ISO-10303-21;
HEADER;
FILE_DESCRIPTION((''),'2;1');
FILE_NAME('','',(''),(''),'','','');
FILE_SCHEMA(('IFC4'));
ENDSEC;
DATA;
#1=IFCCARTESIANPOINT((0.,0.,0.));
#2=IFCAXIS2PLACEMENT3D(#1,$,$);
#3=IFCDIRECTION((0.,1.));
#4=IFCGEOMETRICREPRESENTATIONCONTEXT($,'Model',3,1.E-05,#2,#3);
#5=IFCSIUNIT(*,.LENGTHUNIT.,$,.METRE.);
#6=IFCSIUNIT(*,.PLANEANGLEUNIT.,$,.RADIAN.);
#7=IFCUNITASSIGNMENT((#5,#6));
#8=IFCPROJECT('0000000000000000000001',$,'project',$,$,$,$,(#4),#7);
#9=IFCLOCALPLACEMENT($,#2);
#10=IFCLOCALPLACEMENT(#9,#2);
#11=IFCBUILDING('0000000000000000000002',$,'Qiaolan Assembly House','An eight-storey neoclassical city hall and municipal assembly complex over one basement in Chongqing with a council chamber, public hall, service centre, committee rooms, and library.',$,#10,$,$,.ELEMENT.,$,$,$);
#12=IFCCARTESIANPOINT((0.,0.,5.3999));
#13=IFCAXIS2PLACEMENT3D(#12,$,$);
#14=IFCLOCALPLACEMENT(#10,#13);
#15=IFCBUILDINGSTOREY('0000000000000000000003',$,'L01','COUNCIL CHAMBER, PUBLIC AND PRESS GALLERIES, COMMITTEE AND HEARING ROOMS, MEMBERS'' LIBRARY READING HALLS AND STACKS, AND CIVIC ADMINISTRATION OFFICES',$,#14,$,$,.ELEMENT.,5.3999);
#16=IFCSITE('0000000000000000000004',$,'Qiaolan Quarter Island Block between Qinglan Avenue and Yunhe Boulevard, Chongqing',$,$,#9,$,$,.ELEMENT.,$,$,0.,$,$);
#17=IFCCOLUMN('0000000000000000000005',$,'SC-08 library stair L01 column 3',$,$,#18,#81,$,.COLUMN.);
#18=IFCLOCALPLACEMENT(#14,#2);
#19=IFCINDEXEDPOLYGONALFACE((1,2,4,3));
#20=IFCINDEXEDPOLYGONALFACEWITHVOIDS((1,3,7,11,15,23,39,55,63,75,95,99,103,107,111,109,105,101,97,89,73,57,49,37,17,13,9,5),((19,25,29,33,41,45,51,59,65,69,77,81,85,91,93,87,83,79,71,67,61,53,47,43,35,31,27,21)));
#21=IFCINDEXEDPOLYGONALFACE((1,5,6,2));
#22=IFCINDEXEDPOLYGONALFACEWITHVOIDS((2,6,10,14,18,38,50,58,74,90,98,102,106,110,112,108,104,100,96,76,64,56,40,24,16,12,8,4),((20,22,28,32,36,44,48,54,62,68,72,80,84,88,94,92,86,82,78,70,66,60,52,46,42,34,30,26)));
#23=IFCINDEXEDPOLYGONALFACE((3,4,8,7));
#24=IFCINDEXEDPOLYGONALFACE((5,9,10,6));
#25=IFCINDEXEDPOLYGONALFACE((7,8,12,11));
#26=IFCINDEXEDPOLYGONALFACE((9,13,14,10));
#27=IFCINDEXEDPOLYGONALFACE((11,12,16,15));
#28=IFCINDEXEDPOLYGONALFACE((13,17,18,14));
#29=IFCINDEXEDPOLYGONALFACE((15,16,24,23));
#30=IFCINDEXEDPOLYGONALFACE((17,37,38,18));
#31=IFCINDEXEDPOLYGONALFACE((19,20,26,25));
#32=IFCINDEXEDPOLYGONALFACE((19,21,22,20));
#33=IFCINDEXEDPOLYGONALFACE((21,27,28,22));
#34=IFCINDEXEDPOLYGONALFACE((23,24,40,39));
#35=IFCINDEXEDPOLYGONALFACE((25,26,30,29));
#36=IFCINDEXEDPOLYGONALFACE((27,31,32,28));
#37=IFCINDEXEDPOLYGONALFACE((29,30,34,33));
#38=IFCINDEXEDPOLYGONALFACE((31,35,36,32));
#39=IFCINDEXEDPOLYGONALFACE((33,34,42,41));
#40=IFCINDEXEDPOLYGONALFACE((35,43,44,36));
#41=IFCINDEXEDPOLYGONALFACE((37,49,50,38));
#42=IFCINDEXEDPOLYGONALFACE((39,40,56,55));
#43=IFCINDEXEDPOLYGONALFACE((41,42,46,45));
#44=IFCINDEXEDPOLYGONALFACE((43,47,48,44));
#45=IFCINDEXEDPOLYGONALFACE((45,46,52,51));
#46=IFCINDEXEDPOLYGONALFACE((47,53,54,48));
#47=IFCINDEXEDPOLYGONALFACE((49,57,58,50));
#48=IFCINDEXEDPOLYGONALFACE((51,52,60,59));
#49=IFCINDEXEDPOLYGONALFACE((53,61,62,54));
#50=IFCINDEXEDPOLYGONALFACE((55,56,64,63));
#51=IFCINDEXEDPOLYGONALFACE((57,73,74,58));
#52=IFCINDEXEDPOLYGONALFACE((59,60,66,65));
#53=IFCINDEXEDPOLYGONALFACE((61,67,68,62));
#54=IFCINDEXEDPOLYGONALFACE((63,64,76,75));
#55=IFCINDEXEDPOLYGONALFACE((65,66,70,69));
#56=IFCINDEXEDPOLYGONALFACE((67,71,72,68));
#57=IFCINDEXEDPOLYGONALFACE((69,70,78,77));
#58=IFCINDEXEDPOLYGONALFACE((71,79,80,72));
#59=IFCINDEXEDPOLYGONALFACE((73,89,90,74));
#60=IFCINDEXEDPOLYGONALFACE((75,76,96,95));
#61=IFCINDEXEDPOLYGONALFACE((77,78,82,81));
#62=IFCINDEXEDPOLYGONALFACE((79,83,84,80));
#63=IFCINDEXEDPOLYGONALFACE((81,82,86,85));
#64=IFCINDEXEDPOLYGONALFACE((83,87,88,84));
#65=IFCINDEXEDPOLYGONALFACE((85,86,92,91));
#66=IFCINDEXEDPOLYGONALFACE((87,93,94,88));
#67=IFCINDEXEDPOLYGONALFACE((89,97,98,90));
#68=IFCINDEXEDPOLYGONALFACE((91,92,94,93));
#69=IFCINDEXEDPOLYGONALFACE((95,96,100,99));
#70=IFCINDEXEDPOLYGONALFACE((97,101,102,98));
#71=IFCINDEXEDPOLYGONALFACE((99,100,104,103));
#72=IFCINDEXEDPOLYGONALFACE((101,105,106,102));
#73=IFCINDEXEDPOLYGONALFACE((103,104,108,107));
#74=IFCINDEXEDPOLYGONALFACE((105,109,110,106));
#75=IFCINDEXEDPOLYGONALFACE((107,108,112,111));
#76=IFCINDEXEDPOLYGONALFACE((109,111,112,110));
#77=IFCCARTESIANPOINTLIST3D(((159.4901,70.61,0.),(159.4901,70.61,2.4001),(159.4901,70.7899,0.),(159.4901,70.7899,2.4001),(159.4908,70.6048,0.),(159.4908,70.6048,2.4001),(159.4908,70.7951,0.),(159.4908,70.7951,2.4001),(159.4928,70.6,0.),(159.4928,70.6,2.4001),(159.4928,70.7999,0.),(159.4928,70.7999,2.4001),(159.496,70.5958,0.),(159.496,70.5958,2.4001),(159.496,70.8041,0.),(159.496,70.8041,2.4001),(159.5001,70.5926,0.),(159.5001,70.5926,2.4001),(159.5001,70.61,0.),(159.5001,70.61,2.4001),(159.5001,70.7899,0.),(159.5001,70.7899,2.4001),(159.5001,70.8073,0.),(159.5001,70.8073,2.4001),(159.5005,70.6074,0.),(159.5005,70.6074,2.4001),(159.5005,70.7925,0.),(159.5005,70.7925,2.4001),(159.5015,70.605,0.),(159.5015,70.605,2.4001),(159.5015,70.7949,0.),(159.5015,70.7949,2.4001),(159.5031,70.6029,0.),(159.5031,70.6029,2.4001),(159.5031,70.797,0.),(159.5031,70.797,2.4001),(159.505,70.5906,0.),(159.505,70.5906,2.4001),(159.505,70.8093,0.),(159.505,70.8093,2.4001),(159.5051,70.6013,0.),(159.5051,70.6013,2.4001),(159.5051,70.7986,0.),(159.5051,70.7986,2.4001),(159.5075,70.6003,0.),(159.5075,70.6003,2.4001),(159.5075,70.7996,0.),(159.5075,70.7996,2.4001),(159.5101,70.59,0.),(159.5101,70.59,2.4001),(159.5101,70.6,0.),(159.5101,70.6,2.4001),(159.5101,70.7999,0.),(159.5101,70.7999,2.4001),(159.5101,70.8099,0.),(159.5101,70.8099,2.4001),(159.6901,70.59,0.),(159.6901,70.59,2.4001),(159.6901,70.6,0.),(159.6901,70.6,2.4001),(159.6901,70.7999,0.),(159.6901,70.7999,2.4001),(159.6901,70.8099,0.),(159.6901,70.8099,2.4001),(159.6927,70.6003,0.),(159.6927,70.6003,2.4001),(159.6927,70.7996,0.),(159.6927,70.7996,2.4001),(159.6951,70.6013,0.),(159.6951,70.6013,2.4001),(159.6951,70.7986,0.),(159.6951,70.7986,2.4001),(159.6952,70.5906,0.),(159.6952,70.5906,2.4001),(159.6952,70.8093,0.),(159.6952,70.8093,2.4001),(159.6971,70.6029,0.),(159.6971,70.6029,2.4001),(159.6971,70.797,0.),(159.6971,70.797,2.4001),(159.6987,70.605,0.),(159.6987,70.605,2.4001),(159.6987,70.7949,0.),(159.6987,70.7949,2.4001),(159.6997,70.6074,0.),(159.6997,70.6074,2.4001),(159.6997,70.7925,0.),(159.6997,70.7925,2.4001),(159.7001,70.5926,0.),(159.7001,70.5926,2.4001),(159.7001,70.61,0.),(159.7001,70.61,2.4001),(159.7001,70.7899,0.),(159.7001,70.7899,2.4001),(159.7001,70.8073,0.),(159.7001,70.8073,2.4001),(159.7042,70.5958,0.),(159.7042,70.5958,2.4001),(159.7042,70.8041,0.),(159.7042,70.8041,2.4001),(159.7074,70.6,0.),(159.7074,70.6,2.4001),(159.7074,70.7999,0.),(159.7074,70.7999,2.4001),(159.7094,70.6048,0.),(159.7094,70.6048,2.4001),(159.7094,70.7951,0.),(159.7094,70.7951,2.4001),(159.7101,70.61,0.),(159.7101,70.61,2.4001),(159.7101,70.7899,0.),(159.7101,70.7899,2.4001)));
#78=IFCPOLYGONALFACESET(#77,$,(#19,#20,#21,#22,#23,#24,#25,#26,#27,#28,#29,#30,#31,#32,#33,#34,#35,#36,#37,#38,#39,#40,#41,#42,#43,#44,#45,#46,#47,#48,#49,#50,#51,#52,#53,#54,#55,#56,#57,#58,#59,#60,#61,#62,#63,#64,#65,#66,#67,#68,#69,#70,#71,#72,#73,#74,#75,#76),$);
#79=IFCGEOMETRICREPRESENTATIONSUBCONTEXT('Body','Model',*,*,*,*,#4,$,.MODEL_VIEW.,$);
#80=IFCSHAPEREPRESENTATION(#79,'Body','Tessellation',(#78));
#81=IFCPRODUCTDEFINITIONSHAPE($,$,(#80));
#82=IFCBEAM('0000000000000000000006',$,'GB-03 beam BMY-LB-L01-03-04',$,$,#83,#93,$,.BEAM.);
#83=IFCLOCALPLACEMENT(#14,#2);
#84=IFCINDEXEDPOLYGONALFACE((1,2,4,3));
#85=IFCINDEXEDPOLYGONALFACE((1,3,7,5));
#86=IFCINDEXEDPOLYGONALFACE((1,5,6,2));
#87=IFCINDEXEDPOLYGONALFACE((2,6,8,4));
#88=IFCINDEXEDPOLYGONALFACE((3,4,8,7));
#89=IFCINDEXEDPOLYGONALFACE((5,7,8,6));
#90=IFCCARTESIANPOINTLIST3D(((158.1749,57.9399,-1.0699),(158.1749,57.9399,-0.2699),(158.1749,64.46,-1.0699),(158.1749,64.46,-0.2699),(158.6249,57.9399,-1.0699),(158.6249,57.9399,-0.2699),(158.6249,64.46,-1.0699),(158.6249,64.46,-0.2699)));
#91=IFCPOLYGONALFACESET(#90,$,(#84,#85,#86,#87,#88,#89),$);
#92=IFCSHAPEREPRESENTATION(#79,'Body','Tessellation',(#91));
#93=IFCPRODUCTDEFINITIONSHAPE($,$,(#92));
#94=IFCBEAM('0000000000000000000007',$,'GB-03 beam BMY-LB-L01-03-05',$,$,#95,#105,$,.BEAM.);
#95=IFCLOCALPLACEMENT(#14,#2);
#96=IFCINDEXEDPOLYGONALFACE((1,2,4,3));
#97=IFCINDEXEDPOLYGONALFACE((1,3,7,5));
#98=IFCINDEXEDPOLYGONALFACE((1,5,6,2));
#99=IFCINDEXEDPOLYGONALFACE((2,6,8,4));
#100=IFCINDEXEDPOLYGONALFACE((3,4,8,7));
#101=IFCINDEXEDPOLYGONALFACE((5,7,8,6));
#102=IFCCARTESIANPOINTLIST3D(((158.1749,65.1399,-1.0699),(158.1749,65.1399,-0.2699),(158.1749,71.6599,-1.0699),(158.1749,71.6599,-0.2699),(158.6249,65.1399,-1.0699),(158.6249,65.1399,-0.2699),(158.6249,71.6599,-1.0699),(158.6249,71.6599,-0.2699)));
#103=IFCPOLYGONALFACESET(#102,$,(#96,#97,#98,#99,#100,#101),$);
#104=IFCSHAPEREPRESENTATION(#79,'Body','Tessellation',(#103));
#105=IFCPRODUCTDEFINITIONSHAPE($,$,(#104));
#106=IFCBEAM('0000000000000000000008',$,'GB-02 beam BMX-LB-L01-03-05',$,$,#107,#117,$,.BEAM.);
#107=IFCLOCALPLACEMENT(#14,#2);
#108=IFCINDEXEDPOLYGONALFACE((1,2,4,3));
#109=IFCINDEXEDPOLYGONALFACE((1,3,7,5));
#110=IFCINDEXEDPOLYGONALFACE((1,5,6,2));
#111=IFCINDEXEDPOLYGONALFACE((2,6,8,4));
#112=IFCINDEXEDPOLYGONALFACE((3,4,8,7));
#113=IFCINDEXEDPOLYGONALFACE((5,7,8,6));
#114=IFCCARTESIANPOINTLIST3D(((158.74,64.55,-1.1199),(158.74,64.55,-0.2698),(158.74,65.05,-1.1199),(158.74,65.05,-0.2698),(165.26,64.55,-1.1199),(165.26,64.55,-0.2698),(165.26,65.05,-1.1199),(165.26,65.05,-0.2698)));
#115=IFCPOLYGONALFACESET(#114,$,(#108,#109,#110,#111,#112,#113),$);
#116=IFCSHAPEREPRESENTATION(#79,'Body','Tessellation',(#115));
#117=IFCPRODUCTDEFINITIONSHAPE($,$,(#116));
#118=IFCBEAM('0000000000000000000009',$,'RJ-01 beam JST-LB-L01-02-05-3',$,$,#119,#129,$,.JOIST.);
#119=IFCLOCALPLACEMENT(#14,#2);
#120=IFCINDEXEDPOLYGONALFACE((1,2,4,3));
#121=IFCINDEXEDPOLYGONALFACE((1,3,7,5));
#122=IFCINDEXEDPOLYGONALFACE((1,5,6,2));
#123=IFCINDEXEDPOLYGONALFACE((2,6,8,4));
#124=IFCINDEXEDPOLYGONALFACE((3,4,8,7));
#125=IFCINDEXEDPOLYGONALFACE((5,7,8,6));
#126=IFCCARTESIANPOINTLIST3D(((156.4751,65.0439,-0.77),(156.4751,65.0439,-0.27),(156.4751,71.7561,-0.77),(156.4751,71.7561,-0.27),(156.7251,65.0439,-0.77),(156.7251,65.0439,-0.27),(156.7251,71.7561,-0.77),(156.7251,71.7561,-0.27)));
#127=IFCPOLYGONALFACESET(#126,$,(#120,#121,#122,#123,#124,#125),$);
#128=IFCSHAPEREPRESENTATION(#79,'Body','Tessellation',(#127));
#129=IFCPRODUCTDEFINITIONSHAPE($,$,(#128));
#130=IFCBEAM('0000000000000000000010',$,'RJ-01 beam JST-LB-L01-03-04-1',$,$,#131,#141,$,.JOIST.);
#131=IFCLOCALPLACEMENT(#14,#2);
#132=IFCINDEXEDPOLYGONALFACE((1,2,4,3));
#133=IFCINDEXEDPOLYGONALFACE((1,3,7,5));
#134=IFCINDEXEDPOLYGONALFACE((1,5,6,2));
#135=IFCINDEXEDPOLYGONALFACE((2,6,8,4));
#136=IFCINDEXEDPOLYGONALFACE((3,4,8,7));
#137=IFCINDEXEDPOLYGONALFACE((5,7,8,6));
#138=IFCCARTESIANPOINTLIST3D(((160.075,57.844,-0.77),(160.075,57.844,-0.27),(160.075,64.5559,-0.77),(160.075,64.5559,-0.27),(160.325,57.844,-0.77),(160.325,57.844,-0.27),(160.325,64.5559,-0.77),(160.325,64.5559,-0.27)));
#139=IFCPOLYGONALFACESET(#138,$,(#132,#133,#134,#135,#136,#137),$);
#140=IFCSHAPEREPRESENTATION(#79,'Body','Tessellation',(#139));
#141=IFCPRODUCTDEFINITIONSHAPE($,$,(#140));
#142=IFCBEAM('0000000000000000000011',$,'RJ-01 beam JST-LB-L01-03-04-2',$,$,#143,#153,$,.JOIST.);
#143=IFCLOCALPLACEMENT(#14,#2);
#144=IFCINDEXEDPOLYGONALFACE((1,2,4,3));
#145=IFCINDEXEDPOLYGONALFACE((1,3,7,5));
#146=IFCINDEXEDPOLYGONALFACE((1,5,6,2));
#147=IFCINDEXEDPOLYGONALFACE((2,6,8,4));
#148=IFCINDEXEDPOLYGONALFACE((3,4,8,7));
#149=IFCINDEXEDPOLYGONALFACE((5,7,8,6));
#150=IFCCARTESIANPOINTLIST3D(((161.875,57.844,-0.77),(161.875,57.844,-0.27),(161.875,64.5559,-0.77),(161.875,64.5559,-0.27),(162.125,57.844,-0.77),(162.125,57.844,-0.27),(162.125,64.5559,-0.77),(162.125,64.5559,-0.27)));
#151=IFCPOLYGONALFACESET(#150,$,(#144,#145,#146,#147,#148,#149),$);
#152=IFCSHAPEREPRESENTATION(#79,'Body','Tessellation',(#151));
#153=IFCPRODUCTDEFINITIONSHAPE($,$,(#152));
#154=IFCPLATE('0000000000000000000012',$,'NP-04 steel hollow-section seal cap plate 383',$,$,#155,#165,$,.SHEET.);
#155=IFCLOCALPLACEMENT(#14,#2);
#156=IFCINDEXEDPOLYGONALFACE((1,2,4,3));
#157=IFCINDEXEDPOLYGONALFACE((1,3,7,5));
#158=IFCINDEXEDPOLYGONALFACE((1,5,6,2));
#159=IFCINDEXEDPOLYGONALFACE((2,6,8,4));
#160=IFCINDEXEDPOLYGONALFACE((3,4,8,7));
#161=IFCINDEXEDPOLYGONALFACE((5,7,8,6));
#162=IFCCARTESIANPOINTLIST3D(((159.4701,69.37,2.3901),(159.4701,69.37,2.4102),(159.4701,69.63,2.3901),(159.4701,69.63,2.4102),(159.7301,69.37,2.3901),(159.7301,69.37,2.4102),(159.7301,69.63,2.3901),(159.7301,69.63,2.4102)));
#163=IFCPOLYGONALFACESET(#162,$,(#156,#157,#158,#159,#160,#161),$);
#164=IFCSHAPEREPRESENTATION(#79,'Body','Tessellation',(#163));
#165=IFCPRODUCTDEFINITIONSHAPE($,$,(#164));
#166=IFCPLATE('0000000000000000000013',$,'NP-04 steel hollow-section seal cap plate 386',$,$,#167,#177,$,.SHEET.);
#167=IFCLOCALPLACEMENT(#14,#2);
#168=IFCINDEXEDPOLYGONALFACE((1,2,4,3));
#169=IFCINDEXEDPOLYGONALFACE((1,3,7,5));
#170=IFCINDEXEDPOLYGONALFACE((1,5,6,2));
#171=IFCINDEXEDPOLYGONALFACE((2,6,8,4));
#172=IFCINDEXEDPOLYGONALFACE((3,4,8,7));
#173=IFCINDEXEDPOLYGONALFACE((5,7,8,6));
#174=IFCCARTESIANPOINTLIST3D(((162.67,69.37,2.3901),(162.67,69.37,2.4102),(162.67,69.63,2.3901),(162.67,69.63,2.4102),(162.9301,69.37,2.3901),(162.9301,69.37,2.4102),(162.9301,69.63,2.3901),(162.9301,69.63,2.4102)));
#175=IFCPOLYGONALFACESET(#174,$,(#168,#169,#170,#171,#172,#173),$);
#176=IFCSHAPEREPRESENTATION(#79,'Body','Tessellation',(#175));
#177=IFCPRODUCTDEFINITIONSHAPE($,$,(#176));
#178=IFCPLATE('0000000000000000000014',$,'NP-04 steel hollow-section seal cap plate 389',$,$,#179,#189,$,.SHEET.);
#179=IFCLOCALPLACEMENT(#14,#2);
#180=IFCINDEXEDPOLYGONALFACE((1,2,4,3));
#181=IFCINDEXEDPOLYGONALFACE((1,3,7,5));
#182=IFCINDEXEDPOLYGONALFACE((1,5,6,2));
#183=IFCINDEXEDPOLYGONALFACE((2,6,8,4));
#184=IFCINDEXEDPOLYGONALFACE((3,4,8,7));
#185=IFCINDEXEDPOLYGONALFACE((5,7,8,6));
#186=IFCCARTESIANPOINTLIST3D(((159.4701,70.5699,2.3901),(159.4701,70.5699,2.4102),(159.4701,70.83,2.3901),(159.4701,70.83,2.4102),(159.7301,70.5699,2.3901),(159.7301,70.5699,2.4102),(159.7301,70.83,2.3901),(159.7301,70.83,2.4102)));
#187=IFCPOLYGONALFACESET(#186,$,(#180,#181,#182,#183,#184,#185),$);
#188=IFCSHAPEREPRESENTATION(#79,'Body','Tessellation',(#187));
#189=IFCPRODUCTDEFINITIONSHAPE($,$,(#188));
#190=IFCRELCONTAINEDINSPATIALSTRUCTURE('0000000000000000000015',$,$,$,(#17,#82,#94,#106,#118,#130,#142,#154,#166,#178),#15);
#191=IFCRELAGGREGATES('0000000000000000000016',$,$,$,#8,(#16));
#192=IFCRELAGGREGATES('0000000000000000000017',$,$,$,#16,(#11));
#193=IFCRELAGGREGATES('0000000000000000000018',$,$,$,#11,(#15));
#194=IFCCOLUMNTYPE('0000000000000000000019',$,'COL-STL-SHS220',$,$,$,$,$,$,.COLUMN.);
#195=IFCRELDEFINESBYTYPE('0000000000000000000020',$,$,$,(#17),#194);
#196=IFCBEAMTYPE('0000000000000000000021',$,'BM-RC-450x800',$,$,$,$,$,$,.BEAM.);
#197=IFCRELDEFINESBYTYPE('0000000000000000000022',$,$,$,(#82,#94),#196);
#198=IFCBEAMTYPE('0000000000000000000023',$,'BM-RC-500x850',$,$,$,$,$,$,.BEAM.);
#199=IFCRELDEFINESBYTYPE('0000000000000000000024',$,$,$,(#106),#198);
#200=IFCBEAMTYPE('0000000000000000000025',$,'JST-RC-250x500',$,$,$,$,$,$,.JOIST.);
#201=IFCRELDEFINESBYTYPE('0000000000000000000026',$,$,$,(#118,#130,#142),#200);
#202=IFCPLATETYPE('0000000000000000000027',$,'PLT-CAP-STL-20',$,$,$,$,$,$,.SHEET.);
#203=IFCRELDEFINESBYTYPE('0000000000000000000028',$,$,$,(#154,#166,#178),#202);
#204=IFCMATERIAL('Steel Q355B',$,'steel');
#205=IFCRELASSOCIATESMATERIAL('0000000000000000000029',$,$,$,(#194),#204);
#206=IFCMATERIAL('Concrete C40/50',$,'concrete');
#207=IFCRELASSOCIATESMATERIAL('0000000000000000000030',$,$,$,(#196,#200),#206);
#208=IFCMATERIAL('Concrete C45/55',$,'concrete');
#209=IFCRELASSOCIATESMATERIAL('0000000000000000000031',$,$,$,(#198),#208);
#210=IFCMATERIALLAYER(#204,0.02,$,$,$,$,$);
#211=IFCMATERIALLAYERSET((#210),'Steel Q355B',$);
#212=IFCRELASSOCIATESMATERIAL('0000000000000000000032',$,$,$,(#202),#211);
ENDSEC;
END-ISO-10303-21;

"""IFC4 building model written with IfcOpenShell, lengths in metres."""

from ifc_helpers import new_model, si_unit, direction, frame, origin, origin_2d, place, context, subcontext, project, spatial, rectangle, hollow_rectangle, extrude, material, layer, layer_set, material_profile, profile_set, type_object, element, save


model = new_model("IFC4")

# Units and contexts
model_context = context("Model", 3, precision=1e-05, world=origin(), true_north=direction((0.0, 1.0)))
body_context = subcontext(model_context, "Body", "Model", "MODEL_VIEW")
ifc_project = project(units=[si_unit("LENGTHUNIT", "METRE"), si_unit("PLANEANGLEUNIT", "RADIAN")], contexts=[model_context])

# Site, building, storey
site_placement = place(None, origin())
site = spatial("IfcSite", under=ifc_project, at=site_placement, Name="Qiaolan Quarter Island Block between Qinglan Avenue and Yunhe Boulevard, Chongqing", CompositionType="ELEMENT", RefElevation=0.0)
building_placement = place(site_placement, origin())
building = spatial("IfcBuilding", under=site, at=building_placement, Name="Qiaolan Assembly House", Description="An eight-storey neoclassical city hall and municipal assembly complex over one basement in Chongqing with a council chamber, public hall, service centre, committee rooms, and library.", CompositionType="ELEMENT")
storey_placement = place(building_placement, frame((0.0, 0.0, 5.3999)))
storey = spatial("IfcBuildingStorey", under=building, at=storey_placement, Name="L01", Description="COUNCIL CHAMBER, PUBLIC AND PRESS GALLERIES, COMMITTEE AND HEARING ROOMS, MEMBERS' LIBRARY READING HALLS AND STACKS, AND CIVIC ADMINISTRATION OFFICES", CompositionType="ELEMENT", Elevation=5.3999)

# Column
ifc_material_1 = material(Name="Concrete C40/50", Category="concrete")
ifc_material_2 = material(Name="Steel Q355B", Category="steel")
ifc_material_profile_1 = material_profile(ifc_material_2, hollow_rectangle(XDim=0.22, YDim=0.22, WallThickness=0.01, InnerFilletRadius=0.01, OuterFilletRadius=0.02, at=origin_2d()), Name="SHS 220x220x10")
ifc_profile_set_1 = profile_set([ifc_material_profile_1], Name="Steel Q355B")
column_type_1 = type_object("IfcColumnType", Name="COL-STL-SHS220", PredefinedType="COLUMN", material=ifc_profile_set_1)
for number, where, z_axis, x_axis, name in (
    (1, (159.6001, 70.7, 0.0), (0.0, 0.0, 1.0), (1.0, 0.0, 0.0), "SC-08 library stair L01 column 3"),
):
    element("IfcColumn", number, at=place(storey_placement, frame(where, z_axis=z_axis, x_axis=x_axis)), inside=storey, type_object=column_type_1, Name=name, PredefinedType="COLUMN", context=body_context, shape_type="SweptSolid", body=[
        extrude(hollow_rectangle(XDim=0.22, YDim=0.22, WallThickness=0.01, InnerFilletRadius=0.01, OuterFilletRadius=0.02, at=origin_2d()), origin(), (0.0, 0.0, 1.0), 2.4001),
    ])

# Beams
ifc_material_profile_2 = material_profile(ifc_material_1, rectangle(XDim=0.45, YDim=0.8, at=origin_2d()), Name="RCB 450x800")
ifc_profile_set_2 = profile_set([ifc_material_profile_2], Name="Concrete C40/50")
beam_type_1 = type_object("IfcBeamType", Name="BM-RC-450x800", PredefinedType="BEAM", material=ifc_profile_set_2)
for number, where, z_axis, x_axis, name in (
    (2, (158.3999, 57.9399, -0.6699), (0.0, 1.0, 0.0), (-1.0, 0.0, 0.0), "GB-03 beam BMY-LB-L01-03-04"),
    (3, (158.3999, 65.1399, -0.6699), (0.0, 1.0, 0.0), (-1.0, 0.0, 0.0), "GB-03 beam BMY-LB-L01-03-05"),
):
    element("IfcBeam", number, at=place(storey_placement, frame(where, z_axis=z_axis, x_axis=x_axis)), inside=storey, type_object=beam_type_1, Name=name, PredefinedType="BEAM", context=body_context, shape_type="SweptSolid", body=[
        extrude(rectangle(XDim=0.45, YDim=0.8, at=origin_2d()), origin(), (0.0, 0.0, 1.0), 6.52),
    ])
ifc_material_3 = material(Name="Concrete C45/55", Category="concrete")
ifc_material_profile_3 = material_profile(ifc_material_3, rectangle(XDim=0.5, YDim=0.8501, at=origin_2d()), Name="RCB 500x850")
ifc_profile_set_3 = profile_set([ifc_material_profile_3], Name="Concrete C45/55")
beam_type_2 = type_object("IfcBeamType", Name="BM-RC-500x850", PredefinedType="BEAM", material=ifc_profile_set_3)
beam_1_placement = place(storey_placement, frame((158.74, 64.8, -0.6948), z_axis=(1.0, 0.0, 0.0), x_axis=(0.0, 1.0, 0.0)))
element("IfcBeam", 4, at=beam_1_placement, inside=storey, type_object=beam_type_2, Name="GB-02 beam BMX-LB-L01-03-05", PredefinedType="BEAM", context=body_context, shape_type="SweptSolid", body=[
    extrude(rectangle(XDim=0.5, YDim=0.8501, at=origin_2d()), origin(), (0.0, 0.0, 1.0), 6.52),
])
ifc_material_profile_4 = material_profile(ifc_material_1, rectangle(XDim=0.25, YDim=0.5, at=origin_2d()), Name="RCB 250x500")
ifc_profile_set_4 = profile_set([ifc_material_profile_4], Name="Concrete C40/50")
beam_type_3 = type_object("IfcBeamType", Name="JST-RC-250x500", PredefinedType="JOIST", material=ifc_profile_set_4)
beam_2_placement = place(storey_placement, frame((156.6001, 65.0439, -0.52), z_axis=(0.0, 1.0, 0.0), x_axis=(-1.0, 0.0, 0.0)))
element("IfcBeam", 5, at=beam_2_placement, inside=storey, type_object=beam_type_3, Name="RJ-01 beam JST-LB-L01-02-05-3", PredefinedType="JOIST", context=body_context, shape_type="SweptSolid", body=[
    extrude(rectangle(XDim=0.25, YDim=0.5, at=origin_2d()), origin(), (0.0, 0.0, 1.0), 6.7122),
])
for number, where, z_axis, x_axis, name in (
    (6, (160.2, 57.844, -0.52), (0.0, 1.0, 0.0), (-1.0, 0.0, 0.0), "RJ-01 beam JST-LB-L01-03-04-1"),
    (7, (162.0, 57.844, -0.52), (0.0, 1.0, 0.0), (-1.0, 0.0, 0.0), "RJ-01 beam JST-LB-L01-03-04-2"),
):
    element("IfcBeam", number, at=place(storey_placement, frame(where, z_axis=z_axis, x_axis=x_axis)), inside=storey, type_object=beam_type_3, Name=name, PredefinedType="JOIST", context=body_context, shape_type="SweptSolid", body=[
        extrude(rectangle(XDim=0.25, YDim=0.5, at=origin_2d()), origin(), (0.0, 0.0, 1.0), 6.7119),
    ])

# Plates
ifc_layer_1 = layer(ifc_material_2, 0.02)
ifc_layer_set_1 = layer_set([ifc_layer_1], Name="Steel Q355B")
plate_type = type_object("IfcPlateType", Name="PLT-CAP-STL-20", PredefinedType="SHEET", material=ifc_layer_set_1)
for number, where, z_axis, x_axis, name in (
    (8, (159.6001, 69.5, 2.3901), (0.0, 0.0, 1.0), (1.0, 0.0, 0.0), "NP-04 steel hollow-section seal cap plate 383"),
    (9, (162.8, 69.5, 2.3901), (0.0, 0.0, 1.0), (1.0, 0.0, 0.0), "NP-04 steel hollow-section seal cap plate 386"),
    (10, (159.6001, 70.7, 2.3901), (0.0, 0.0, 1.0), (1.0, 0.0, 0.0), "NP-04 steel hollow-section seal cap plate 389"),
):
    element("IfcPlate", number, at=place(storey_placement, frame(where, z_axis=z_axis, x_axis=x_axis)), inside=storey, type_object=plate_type, Name=name, PredefinedType="SHEET", context=body_context, shape_type="SweptSolid", body=[
        extrude(rectangle(XDim=0.26, YDim=0.26, at=origin_2d()), origin(), (0.0, 0.0, 1.0), 0.02),
    ])

save(model, "model.ifc")
